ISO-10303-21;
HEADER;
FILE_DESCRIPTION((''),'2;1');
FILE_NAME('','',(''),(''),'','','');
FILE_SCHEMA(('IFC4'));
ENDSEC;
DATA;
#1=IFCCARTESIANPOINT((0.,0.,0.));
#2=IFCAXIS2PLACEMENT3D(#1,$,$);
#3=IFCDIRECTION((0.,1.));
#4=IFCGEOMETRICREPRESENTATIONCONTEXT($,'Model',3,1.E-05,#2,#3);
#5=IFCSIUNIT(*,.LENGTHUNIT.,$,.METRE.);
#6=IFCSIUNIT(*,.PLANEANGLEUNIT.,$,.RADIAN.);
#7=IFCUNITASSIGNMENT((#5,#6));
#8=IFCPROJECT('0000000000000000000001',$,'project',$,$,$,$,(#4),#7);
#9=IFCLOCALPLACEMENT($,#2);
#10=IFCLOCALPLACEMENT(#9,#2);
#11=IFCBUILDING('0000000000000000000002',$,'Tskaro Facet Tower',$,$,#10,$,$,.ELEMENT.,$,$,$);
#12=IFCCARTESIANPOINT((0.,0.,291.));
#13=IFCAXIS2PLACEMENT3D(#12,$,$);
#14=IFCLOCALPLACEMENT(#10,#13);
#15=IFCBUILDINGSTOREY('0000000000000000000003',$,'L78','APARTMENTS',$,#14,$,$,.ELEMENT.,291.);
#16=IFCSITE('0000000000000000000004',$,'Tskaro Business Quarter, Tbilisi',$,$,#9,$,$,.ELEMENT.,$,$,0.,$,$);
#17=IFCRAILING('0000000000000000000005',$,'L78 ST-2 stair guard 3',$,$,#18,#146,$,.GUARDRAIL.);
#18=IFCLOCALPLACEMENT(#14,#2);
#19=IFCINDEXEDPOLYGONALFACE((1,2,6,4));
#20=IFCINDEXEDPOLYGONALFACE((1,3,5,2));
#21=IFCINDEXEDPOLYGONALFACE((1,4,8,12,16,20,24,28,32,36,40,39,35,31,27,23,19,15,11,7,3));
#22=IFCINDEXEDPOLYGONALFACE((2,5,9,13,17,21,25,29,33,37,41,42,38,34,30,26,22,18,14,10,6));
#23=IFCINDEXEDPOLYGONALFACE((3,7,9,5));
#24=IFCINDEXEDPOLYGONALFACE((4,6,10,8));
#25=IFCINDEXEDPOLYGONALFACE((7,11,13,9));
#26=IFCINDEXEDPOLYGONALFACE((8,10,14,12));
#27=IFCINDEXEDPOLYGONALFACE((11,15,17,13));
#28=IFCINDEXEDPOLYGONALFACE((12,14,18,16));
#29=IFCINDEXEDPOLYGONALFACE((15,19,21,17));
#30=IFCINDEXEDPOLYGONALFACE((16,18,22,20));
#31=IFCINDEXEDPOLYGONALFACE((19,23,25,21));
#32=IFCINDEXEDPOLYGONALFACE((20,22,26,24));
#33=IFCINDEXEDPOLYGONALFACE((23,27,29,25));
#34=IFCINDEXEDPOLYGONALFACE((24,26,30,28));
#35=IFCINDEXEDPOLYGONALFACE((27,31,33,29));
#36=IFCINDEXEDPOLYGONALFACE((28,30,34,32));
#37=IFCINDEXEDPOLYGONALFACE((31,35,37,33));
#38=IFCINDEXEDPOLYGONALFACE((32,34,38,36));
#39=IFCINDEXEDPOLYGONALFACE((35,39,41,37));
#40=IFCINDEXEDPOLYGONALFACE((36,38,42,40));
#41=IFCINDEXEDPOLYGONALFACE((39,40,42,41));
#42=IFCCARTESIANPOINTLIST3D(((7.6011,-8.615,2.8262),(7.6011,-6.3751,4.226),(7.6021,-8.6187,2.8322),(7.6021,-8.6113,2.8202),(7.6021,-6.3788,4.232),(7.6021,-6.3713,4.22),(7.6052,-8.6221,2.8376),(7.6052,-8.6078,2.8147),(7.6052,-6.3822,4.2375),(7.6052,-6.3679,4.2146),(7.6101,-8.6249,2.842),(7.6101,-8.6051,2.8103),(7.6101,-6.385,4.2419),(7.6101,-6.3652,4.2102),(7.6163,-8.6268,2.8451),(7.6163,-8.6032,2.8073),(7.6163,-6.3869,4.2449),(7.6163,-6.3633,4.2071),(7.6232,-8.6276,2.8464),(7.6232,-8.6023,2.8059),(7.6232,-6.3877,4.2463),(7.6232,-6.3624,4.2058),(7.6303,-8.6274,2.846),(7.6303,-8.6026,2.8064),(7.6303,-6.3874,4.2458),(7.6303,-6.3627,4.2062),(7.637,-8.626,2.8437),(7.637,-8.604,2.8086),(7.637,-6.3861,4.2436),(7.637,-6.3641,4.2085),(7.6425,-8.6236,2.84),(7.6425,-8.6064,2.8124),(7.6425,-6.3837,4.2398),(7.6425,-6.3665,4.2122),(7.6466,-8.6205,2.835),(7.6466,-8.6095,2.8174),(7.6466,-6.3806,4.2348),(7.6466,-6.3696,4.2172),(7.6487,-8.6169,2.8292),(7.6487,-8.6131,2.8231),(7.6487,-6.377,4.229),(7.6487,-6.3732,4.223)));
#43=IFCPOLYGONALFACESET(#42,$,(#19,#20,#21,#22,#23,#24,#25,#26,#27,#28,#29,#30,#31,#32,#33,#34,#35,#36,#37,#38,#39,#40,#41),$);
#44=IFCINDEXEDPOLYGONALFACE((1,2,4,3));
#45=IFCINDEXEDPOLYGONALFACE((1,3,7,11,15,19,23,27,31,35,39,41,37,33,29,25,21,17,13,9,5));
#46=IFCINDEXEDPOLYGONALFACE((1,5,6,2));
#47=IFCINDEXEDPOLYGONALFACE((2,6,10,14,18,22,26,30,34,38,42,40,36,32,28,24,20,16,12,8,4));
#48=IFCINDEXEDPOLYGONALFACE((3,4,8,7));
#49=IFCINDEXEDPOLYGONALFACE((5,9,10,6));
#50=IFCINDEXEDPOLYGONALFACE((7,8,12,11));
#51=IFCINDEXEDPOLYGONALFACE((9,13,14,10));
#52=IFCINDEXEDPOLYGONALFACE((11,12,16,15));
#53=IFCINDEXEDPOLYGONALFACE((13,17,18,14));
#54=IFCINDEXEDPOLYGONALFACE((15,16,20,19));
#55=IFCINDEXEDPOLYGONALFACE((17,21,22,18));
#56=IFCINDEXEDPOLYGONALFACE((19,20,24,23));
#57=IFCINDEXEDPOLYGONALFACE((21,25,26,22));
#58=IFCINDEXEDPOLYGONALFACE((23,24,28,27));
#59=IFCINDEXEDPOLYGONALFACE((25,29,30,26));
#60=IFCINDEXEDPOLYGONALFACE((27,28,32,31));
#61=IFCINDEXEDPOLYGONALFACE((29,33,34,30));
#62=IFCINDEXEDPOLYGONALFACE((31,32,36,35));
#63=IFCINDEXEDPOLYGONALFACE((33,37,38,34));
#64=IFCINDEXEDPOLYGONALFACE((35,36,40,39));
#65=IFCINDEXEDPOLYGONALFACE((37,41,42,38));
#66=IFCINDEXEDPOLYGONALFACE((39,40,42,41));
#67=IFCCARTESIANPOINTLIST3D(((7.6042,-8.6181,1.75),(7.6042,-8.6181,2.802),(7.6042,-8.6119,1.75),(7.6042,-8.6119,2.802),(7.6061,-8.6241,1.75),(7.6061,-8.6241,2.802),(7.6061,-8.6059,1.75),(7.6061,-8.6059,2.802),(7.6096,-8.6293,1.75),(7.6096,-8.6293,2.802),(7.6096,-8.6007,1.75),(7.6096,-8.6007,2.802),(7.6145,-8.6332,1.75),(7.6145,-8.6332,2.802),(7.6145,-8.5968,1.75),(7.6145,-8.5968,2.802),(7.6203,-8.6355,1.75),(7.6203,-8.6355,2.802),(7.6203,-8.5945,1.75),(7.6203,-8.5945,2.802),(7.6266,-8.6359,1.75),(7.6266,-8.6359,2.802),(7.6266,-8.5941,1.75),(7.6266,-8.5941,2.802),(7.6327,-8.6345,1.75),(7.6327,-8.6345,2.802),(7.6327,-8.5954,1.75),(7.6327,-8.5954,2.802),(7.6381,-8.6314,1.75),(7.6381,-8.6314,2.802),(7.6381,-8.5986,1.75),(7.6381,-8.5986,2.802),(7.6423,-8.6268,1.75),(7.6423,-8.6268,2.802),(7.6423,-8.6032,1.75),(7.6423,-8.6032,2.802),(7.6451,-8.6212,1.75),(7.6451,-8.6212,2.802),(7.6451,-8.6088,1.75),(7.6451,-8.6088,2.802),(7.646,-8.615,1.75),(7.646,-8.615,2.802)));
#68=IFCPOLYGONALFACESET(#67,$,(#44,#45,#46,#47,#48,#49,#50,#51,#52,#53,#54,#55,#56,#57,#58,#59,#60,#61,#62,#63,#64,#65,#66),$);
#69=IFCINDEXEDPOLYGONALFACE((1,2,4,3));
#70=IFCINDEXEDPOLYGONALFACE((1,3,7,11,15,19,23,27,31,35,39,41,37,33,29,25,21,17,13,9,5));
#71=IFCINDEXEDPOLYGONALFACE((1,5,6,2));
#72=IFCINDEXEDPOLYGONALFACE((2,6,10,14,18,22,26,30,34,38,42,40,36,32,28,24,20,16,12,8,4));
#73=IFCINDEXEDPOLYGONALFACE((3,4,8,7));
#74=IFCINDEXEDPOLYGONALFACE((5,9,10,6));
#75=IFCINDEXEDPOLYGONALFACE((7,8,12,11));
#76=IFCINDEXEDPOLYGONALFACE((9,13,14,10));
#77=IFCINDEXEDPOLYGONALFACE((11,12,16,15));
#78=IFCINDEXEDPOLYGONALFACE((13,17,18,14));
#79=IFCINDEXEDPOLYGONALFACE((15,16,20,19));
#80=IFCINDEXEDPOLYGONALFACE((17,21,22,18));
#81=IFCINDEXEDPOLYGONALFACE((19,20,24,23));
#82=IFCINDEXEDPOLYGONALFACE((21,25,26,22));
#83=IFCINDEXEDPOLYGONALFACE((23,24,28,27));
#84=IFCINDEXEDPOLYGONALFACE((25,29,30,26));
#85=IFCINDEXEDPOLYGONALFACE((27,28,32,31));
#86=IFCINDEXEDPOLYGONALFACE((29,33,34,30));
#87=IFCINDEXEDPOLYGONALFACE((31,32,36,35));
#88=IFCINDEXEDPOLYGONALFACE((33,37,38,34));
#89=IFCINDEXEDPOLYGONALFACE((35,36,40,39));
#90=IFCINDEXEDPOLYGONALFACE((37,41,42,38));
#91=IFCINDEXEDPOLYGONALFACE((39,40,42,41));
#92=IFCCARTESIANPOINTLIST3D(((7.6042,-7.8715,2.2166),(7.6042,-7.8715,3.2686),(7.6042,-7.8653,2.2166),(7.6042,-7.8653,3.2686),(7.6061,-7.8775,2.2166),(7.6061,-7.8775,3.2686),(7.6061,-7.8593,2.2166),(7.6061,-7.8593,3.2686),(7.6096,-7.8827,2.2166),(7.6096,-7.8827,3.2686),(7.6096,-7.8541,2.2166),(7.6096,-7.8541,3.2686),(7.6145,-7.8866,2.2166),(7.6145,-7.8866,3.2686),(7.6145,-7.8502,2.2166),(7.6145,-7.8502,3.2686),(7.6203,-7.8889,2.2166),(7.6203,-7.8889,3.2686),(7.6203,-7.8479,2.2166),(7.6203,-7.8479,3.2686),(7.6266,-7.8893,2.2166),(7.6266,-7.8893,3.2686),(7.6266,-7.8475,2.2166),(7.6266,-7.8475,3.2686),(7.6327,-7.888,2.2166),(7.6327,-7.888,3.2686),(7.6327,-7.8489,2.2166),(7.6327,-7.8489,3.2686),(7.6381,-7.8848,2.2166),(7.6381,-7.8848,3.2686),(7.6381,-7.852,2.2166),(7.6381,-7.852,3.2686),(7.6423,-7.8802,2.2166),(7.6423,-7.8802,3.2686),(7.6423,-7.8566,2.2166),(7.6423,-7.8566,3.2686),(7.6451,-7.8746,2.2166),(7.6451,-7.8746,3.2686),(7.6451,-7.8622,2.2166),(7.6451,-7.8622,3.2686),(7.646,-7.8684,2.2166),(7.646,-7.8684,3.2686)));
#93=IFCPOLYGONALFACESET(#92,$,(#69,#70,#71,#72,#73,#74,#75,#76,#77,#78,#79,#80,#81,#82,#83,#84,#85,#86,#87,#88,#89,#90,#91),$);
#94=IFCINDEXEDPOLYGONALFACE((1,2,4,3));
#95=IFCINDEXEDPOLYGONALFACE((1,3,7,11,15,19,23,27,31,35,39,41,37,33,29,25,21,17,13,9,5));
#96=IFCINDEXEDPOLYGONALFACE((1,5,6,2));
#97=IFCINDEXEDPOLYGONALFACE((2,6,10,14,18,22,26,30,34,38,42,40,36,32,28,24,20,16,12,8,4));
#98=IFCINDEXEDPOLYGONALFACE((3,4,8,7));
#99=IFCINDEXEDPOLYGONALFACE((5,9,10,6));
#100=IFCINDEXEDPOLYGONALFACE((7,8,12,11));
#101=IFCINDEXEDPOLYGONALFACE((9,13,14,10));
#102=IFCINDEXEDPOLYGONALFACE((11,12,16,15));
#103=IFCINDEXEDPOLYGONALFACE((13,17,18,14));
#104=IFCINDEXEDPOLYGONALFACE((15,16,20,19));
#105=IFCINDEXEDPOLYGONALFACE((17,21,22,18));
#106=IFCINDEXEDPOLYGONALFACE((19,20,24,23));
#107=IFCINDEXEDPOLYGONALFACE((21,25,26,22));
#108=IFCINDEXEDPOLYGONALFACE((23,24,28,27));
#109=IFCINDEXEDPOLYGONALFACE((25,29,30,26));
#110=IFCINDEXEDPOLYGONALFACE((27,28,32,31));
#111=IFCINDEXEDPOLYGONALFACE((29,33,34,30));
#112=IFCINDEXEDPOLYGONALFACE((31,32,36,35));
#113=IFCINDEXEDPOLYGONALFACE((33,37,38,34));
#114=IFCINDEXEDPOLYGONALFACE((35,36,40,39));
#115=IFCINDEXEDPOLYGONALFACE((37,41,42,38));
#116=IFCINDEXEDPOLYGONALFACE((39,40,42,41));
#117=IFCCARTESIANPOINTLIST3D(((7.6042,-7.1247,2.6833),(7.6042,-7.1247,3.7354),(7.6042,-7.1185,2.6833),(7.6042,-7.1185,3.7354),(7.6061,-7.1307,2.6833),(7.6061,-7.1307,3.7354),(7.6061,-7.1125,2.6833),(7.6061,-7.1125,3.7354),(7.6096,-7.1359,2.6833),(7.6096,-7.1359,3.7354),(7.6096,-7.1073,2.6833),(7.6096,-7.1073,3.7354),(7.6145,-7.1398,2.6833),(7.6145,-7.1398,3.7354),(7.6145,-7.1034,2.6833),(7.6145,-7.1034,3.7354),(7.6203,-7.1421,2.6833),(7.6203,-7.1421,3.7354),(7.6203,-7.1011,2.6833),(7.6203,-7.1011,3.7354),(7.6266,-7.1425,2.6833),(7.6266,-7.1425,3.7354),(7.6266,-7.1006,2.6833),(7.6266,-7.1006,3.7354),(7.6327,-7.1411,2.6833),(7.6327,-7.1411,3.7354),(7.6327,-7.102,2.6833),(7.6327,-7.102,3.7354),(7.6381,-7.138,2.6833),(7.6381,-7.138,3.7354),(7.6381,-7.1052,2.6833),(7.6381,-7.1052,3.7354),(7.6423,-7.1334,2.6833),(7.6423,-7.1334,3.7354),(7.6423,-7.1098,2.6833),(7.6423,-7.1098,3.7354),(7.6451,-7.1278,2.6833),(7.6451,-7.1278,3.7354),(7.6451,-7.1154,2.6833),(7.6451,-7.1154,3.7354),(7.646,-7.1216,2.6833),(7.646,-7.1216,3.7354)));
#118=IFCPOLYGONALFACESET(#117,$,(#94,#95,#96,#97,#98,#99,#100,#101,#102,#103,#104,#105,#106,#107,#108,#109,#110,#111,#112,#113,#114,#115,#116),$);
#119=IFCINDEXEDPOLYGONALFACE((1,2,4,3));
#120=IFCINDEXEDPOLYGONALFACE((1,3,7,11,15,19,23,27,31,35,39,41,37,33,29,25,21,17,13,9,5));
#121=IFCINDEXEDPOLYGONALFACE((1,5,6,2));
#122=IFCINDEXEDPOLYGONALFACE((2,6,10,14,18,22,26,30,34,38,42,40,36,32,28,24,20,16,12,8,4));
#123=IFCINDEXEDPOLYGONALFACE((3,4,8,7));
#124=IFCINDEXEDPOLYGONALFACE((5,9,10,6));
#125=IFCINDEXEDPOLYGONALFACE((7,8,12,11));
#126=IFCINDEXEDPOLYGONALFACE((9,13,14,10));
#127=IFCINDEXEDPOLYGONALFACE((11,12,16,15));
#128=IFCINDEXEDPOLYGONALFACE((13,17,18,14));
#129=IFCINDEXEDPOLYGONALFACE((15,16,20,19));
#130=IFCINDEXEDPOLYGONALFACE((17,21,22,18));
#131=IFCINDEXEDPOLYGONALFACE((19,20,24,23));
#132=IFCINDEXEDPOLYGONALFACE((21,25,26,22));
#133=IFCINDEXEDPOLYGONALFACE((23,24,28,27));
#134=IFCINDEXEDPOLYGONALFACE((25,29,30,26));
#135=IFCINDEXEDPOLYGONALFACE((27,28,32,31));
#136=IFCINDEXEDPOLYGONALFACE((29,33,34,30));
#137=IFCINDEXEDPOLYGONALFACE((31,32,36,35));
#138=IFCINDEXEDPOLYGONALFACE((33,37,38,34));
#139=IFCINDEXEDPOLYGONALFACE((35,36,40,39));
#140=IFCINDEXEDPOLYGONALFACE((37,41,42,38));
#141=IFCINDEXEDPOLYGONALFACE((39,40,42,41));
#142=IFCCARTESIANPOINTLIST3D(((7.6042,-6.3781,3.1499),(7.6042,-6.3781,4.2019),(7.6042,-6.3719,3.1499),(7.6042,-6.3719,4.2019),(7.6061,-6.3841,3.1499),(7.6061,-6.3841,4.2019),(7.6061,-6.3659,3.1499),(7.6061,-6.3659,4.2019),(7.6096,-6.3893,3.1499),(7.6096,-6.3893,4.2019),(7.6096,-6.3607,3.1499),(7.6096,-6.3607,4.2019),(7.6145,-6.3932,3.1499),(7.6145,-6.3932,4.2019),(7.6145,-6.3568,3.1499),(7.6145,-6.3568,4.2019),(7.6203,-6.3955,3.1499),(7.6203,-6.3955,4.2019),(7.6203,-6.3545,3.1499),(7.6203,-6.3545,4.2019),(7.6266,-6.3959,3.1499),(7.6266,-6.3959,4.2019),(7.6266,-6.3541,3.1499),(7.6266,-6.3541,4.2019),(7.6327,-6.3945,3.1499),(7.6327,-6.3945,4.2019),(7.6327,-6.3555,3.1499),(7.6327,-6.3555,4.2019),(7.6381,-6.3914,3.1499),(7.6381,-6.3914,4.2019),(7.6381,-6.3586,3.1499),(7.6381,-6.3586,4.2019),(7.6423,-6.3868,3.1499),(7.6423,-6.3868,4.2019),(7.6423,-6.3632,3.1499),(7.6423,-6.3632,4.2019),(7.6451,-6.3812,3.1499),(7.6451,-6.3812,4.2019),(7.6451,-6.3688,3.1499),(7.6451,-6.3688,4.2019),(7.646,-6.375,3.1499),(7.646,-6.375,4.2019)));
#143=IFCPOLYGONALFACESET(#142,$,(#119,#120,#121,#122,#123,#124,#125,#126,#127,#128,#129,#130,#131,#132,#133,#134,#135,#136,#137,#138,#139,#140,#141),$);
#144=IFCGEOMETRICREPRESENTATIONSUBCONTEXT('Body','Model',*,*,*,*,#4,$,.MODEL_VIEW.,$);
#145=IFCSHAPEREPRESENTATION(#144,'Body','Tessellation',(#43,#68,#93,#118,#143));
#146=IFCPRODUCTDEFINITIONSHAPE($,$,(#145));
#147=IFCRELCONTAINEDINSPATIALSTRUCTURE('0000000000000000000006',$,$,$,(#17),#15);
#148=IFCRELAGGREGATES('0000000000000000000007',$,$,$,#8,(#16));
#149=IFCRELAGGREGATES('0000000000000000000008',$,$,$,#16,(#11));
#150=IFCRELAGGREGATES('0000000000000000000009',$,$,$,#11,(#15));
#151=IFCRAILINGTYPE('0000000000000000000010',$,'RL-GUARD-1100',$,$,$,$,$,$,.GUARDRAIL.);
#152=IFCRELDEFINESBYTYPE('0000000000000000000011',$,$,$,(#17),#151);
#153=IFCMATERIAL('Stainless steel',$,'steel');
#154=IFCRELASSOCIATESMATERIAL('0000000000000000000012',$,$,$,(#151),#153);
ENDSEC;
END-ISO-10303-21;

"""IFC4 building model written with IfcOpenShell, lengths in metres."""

from ifc_helpers import new_model, si_unit, direction, frame, origin, origin_2d, place, context, subcontext, project, spatial, circle, extrude, material, type_object, element, save


model = new_model("IFC4")

# Units and contexts
model_context = context("Model", 3, precision=1e-05, world=origin(), true_north=direction((0.0, 1.0)))
body_context = subcontext(model_context, "Body", "Model", "MODEL_VIEW")
ifc_project = project(units=[si_unit("LENGTHUNIT", "METRE"), si_unit("PLANEANGLEUNIT", "RADIAN")], contexts=[model_context])

# Site, building, storey
site_placement = place(None, origin())
site = spatial("IfcSite", under=ifc_project, at=site_placement, Name="Tskaro Business Quarter, Tbilisi", CompositionType="ELEMENT", RefElevation=0.0)
building_placement = place(site_placement, origin())
building = spatial("IfcBuilding", under=site, at=building_placement, Name="Tskaro Facet Tower", CompositionType="ELEMENT")
storey_placement = place(building_placement, frame((0.0, 0.0, 291.0)))
storey = spatial("IfcBuildingStorey", under=building, at=storey_placement, Name="L78", Description="APARTMENTS", CompositionType="ELEMENT", Elevation=291.0)

# Railing
ifc_material_1 = material(Name="Stainless steel", Category="steel")
railing_type_1 = type_object("IfcRailingType", Name="RL-GUARD-1100", PredefinedType="GUARDRAIL", material=ifc_material_1)
railing_1_placement = place(storey_placement, frame((7.625, -8.615, 1.75)))
element("IfcRailing", 1, at=railing_1_placement, inside=storey, type_object=railing_type_1, Name="L78 ST-2 stair guard 3", PredefinedType="GUARDRAIL", context=body_context, shape_type="SweptSolid", body=[
    extrude(circle(Radius=0.0239, at=origin_2d()), frame((0.0, 0.0, 1.0762), z_axis=(0.0, 0.848014, 0.529974), x_axis=(-1.0, 0.0, 0.0)), (0.0, 0.0, 1.0), 2.6414),
    extrude(circle(Radius=0.021, at=origin_2d()), origin(), (0.0, 0.0, 1.0), 1.052),
    extrude(circle(Radius=0.021, at=origin_2d()), frame((0.0, 0.7466, 0.4666)), (0.0, 0.0, 1.0), 1.052),
    extrude(circle(Radius=0.021, at=origin_2d()), frame((0.0, 1.4934, 0.9333)), (0.0, 0.0, 1.0), 1.052),
    extrude(circle(Radius=0.021, at=origin_2d()), frame((0.0, 2.24, 1.3999)), (0.0, 0.0, 1.0), 1.052),
])

save(model, "model.ifc")
